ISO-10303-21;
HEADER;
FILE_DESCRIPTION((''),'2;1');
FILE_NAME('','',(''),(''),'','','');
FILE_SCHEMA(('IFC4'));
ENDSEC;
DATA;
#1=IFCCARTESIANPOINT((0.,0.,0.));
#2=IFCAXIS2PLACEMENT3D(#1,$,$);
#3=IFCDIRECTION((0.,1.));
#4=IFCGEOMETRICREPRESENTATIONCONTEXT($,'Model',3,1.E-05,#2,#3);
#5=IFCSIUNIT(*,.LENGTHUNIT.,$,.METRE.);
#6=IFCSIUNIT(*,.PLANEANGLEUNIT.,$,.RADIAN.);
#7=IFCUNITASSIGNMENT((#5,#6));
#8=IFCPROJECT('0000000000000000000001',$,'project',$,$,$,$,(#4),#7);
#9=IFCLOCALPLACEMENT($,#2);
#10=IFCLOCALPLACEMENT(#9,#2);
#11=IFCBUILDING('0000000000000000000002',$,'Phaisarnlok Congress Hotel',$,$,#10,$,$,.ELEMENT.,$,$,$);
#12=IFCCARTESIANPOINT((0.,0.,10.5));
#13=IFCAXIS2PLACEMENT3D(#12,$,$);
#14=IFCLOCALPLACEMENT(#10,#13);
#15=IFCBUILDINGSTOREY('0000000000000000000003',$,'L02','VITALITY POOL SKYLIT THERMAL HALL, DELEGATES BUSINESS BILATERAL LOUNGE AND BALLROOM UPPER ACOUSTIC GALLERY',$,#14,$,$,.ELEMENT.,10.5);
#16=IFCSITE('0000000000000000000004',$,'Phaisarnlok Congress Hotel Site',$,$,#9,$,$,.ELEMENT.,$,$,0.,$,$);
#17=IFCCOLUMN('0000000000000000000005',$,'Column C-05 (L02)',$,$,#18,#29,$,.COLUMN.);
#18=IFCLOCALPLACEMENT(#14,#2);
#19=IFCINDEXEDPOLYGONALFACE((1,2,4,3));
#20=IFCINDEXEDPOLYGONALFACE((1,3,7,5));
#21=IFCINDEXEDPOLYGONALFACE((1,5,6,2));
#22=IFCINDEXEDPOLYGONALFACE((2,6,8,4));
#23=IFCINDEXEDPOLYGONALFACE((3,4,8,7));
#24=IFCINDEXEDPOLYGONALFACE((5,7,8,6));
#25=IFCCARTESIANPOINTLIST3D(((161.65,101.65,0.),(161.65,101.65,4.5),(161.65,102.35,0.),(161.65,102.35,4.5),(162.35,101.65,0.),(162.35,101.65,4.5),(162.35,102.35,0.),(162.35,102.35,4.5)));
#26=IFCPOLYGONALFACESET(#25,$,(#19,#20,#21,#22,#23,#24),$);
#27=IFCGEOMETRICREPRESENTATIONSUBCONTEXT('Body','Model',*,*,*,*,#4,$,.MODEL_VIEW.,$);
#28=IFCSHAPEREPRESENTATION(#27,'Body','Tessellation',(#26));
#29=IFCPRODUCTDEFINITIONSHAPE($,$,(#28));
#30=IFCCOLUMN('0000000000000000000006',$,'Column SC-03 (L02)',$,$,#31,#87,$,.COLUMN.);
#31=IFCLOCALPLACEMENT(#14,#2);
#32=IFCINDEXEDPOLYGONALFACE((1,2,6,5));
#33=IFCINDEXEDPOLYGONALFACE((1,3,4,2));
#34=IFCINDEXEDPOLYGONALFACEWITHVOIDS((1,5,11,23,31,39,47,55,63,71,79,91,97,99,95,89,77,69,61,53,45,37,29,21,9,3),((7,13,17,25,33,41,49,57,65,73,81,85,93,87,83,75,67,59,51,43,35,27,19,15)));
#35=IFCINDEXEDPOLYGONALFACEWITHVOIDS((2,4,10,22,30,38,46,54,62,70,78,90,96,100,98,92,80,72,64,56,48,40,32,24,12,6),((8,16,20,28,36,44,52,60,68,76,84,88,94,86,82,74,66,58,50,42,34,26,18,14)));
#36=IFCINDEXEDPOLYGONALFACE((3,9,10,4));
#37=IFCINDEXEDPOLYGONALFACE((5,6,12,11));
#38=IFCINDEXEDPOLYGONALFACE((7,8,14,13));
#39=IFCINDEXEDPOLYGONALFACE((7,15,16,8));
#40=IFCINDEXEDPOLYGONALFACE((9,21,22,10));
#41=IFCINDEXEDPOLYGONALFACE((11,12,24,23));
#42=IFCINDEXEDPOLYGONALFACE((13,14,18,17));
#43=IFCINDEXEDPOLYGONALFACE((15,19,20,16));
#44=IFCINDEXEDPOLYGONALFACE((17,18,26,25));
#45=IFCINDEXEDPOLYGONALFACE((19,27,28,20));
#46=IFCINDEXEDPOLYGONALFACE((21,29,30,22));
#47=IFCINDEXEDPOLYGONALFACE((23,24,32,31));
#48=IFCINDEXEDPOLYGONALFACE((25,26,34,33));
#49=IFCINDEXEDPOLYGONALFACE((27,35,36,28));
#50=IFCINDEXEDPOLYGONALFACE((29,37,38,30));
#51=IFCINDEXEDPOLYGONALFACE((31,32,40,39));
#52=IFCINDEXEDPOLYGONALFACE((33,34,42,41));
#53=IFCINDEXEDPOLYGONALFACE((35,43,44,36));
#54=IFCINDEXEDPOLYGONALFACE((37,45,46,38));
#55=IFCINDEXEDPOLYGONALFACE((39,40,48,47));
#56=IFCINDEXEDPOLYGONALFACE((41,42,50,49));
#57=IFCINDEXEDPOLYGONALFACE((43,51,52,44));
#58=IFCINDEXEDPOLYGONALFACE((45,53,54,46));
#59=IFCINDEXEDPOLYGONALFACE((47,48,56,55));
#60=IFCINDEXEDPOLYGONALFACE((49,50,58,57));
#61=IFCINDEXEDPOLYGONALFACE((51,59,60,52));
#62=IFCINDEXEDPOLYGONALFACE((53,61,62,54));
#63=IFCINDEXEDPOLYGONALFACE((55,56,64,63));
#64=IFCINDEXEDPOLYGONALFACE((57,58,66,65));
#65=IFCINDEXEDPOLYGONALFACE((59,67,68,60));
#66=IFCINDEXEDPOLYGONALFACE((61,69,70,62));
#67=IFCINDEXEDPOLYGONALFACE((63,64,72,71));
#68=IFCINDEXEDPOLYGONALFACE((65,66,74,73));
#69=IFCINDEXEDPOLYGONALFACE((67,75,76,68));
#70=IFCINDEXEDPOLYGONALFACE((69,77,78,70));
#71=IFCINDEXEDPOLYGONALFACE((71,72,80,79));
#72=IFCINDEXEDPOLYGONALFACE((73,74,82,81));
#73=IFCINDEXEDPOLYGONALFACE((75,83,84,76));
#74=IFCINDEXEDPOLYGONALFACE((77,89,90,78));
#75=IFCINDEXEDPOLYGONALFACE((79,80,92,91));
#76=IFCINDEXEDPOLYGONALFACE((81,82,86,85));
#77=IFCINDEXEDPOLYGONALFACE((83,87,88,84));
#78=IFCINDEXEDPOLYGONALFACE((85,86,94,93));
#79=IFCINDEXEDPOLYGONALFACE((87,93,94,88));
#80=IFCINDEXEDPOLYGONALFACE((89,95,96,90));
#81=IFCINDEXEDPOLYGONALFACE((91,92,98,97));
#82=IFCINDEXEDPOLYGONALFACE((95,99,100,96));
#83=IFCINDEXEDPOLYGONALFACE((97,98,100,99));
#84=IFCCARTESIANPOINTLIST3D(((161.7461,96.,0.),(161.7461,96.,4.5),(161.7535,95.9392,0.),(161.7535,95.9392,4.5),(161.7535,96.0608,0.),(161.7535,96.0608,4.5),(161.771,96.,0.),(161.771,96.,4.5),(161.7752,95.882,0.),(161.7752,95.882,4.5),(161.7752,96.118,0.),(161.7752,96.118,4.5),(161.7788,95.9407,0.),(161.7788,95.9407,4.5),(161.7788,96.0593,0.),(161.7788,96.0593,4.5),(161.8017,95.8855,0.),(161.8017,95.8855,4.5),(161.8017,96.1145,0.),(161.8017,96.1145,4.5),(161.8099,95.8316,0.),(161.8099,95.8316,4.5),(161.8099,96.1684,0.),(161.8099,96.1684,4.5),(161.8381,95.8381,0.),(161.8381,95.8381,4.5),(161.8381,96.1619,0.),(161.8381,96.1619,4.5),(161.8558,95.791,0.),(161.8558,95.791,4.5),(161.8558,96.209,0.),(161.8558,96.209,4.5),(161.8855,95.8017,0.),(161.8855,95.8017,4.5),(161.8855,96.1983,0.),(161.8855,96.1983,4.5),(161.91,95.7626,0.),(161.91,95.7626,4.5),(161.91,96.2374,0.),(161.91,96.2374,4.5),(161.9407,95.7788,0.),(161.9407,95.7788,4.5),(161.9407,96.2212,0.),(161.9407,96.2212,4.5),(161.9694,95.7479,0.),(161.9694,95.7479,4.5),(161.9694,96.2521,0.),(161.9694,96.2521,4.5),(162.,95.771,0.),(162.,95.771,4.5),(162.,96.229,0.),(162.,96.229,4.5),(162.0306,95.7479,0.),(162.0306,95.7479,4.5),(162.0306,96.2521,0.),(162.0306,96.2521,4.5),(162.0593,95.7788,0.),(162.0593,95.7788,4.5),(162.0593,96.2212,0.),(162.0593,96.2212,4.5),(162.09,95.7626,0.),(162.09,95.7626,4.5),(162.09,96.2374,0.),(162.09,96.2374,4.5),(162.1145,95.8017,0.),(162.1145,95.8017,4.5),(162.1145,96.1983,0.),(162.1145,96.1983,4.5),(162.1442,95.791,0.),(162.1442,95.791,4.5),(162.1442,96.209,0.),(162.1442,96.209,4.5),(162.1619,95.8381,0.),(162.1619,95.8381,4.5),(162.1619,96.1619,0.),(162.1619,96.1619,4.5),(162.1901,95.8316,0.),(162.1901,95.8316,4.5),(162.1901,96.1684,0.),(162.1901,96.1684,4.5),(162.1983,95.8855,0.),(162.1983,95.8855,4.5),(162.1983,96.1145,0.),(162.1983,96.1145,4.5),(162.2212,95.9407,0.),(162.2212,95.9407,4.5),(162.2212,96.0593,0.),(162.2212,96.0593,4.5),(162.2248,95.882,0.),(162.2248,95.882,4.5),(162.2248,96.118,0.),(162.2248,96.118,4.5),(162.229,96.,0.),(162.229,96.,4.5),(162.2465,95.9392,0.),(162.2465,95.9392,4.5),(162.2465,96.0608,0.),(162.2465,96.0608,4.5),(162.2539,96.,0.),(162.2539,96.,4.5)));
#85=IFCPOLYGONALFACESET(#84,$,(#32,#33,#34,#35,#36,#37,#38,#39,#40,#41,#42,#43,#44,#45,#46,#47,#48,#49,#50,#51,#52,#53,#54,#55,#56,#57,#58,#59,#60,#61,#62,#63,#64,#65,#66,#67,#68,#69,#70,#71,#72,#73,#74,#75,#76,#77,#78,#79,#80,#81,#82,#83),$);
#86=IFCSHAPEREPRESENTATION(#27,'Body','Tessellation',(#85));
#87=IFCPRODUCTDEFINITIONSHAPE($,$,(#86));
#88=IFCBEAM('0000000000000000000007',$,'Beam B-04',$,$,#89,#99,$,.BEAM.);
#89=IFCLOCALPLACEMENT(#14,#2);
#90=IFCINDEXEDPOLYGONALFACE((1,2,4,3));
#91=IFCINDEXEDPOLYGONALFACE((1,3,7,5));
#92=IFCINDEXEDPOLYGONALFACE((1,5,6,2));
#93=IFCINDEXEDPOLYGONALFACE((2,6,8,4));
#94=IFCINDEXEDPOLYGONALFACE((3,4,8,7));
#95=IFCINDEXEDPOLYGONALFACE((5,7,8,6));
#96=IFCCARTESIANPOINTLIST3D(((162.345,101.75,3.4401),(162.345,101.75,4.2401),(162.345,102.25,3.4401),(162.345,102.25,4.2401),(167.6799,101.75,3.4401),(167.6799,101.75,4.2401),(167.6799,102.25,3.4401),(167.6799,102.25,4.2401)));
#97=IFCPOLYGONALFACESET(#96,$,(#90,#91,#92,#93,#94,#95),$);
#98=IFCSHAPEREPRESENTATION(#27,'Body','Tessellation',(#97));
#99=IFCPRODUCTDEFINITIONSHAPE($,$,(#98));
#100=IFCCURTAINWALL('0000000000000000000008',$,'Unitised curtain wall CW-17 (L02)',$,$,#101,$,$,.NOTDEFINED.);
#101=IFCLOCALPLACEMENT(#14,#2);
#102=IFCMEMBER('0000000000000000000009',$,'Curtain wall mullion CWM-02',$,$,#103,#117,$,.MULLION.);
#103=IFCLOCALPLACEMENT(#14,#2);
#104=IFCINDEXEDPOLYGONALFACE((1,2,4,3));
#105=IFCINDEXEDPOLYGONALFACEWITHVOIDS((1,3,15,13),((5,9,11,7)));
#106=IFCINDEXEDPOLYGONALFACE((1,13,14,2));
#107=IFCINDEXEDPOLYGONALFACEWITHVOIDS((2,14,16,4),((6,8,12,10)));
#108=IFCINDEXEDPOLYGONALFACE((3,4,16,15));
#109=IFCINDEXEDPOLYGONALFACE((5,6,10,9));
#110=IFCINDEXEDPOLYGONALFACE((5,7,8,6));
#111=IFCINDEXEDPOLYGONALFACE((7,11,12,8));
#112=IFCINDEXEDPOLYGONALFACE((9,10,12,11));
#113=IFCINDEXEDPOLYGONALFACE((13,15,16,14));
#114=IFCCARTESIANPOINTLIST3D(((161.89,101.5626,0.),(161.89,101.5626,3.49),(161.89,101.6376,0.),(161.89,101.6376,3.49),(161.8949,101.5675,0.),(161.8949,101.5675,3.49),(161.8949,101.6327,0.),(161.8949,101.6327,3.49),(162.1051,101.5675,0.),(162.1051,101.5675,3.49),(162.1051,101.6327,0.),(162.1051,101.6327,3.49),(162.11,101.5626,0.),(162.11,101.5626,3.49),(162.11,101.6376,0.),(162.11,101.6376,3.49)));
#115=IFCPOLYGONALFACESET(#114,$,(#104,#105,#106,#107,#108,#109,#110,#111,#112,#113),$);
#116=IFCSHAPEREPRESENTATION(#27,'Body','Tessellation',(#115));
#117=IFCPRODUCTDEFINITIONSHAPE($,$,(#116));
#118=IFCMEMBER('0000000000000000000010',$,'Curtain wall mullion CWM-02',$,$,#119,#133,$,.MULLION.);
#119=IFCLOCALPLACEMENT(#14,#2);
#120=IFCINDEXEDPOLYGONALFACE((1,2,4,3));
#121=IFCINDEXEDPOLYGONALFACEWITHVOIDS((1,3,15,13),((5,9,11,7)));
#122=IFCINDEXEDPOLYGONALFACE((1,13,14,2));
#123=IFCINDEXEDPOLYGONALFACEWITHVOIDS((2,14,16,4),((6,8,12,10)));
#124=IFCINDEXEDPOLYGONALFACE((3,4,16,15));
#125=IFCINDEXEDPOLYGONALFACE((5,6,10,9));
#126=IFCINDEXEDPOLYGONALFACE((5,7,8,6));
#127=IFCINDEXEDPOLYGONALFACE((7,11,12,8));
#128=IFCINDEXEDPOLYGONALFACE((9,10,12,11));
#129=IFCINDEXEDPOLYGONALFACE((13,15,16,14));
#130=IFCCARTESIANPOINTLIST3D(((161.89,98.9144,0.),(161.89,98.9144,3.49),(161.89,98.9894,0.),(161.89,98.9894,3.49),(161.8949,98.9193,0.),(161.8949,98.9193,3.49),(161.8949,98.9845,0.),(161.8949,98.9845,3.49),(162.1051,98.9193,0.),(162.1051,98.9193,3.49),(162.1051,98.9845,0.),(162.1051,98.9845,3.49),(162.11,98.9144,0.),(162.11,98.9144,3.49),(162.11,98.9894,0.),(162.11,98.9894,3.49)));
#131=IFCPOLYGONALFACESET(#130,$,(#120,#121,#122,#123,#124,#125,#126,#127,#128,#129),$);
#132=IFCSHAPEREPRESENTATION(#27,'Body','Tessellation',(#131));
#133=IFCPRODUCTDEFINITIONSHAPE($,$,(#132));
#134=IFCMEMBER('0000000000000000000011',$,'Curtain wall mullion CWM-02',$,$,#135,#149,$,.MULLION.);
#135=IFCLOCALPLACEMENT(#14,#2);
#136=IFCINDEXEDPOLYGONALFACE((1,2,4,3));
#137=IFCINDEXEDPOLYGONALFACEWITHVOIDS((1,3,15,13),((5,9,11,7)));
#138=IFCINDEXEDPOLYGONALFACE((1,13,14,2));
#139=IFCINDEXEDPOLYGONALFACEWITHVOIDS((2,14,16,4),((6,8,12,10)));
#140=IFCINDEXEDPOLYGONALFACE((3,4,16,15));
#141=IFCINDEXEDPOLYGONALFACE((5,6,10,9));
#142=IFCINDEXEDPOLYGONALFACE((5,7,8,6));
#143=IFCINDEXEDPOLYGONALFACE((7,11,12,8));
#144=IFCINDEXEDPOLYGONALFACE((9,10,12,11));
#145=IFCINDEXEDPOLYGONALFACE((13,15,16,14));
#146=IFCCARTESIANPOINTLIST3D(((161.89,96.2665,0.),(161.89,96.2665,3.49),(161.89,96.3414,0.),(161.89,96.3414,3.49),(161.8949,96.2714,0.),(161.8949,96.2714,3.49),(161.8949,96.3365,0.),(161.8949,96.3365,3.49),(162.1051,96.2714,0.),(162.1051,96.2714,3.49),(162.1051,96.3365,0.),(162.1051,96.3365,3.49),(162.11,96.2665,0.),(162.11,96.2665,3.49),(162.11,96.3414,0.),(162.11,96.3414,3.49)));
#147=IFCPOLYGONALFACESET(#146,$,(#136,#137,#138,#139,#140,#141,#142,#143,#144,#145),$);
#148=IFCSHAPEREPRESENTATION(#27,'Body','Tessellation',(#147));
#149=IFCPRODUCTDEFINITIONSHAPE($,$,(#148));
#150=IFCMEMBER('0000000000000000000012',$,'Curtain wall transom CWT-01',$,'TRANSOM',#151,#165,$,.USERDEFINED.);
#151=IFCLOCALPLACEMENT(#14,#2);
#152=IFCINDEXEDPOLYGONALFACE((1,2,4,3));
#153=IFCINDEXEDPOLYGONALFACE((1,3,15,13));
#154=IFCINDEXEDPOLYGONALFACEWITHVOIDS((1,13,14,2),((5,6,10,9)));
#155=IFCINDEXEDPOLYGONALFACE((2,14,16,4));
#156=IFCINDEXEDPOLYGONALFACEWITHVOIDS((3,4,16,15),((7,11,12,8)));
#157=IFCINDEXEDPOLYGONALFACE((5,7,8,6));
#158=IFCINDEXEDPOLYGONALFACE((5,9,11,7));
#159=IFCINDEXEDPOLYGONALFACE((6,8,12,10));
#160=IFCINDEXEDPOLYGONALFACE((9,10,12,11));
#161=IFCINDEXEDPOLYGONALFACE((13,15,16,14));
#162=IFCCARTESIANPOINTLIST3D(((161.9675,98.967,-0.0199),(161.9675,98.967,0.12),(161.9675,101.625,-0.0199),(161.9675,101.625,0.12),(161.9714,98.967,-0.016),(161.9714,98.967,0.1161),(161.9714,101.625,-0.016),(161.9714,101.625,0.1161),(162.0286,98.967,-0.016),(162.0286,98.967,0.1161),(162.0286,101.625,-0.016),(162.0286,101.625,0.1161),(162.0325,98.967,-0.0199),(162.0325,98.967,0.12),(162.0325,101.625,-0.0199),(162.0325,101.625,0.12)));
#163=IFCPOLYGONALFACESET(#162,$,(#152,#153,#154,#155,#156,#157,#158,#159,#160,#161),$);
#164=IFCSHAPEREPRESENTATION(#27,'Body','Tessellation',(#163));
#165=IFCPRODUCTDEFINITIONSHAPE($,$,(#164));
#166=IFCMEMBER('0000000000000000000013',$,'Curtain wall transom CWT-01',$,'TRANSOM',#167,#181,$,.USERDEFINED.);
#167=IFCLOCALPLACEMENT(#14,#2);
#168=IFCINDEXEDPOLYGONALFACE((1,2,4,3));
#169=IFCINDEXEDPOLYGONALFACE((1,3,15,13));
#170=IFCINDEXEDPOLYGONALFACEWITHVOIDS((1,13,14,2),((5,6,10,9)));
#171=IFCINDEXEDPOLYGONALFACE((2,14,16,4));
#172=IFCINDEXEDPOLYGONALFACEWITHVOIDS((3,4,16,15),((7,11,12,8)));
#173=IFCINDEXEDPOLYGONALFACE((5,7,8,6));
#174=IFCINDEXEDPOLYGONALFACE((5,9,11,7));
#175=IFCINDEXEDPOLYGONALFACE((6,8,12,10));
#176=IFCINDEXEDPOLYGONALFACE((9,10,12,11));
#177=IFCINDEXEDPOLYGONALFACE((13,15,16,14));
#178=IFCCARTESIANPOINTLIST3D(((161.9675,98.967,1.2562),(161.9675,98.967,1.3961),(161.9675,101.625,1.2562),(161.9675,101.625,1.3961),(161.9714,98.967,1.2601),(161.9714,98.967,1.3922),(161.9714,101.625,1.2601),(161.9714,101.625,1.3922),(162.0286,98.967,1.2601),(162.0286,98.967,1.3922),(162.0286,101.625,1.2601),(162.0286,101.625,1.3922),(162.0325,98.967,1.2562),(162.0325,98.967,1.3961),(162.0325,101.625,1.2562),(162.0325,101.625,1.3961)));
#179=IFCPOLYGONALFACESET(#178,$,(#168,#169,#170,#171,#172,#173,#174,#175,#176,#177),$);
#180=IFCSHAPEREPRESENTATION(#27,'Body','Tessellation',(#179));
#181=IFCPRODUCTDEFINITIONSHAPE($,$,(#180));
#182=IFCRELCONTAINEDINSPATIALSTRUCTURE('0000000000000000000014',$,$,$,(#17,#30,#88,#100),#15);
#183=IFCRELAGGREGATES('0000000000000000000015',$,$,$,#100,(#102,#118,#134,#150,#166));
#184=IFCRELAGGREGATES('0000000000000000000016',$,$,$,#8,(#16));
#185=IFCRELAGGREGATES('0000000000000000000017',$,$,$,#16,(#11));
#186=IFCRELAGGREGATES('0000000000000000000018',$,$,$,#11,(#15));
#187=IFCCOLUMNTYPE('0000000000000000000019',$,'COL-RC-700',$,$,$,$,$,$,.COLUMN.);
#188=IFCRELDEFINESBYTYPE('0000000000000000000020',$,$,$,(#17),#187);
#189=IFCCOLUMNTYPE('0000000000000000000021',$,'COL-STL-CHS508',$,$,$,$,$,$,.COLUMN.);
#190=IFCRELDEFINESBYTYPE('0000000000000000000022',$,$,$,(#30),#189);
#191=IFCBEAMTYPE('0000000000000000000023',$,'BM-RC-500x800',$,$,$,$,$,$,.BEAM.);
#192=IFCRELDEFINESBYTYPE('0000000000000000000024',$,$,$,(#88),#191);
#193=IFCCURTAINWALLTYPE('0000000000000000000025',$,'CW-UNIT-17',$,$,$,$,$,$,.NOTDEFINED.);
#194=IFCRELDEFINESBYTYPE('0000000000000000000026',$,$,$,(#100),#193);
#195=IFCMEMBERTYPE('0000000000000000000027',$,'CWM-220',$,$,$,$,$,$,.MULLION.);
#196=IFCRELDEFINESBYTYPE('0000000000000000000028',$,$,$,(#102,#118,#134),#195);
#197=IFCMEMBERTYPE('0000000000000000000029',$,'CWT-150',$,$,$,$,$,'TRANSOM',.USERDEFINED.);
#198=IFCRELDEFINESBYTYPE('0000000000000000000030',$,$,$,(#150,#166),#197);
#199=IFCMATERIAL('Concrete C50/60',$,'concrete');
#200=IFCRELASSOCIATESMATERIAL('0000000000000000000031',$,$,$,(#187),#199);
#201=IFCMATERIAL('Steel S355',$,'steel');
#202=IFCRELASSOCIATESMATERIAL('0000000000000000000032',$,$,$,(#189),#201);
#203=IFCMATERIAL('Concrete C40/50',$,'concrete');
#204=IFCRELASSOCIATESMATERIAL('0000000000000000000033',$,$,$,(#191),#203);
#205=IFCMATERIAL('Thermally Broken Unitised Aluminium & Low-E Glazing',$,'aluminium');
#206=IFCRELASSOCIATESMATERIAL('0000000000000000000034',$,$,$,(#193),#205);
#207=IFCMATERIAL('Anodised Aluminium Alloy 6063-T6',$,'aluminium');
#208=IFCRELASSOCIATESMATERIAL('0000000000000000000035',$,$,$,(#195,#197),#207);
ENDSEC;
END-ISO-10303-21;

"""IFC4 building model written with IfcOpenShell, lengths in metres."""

from ifc_helpers import new_model, si_unit, direction, frame, origin, origin_2d, place, context, subcontext, project, spatial, rectangle, hollow_rectangle, hollow_circle, extrude, material, material_profile, profile_set, type_object, element, aggregate, save


model = new_model("IFC4")

# Units and contexts
model_context = context("Model", 3, precision=1e-05, world=origin(), true_north=direction((0.0, 1.0)))
body_context = subcontext(model_context, "Body", "Model", "MODEL_VIEW")
ifc_project = project(units=[si_unit("LENGTHUNIT", "METRE"), si_unit("PLANEANGLEUNIT", "RADIAN")], contexts=[model_context])

# Site, building, storey
site_placement = place(None, origin())
site = spatial("IfcSite", under=ifc_project, at=site_placement, Name="Phaisarnlok Congress Hotel Site", CompositionType="ELEMENT", RefElevation=0.0)
building_placement = place(site_placement, origin())
building = spatial("IfcBuilding", under=site, at=building_placement, Name="Phaisarnlok Congress Hotel", CompositionType="ELEMENT")
storey_placement = place(building_placement, frame((0.0, 0.0, 10.5)))
storey = spatial("IfcBuildingStorey", under=building, at=storey_placement, Name="L02", Description="VITALITY POOL SKYLIT THERMAL HALL, DELEGATES BUSINESS BILATERAL LOUNGE AND BALLROOM UPPER ACOUSTIC GALLERY", CompositionType="ELEMENT", Elevation=10.5)

# Columns
ifc_material_1 = material(Name="Concrete C50/60", Category="concrete")
ifc_material_profile_1 = material_profile(ifc_material_1, rectangle(XDim=0.7, YDim=0.7, at=origin_2d()), Name="RC 700x700")
ifc_profile_set_1 = profile_set([ifc_material_profile_1], Name="Concrete C50/60")
column_type_1 = type_object("IfcColumnType", Name="COL-RC-700", PredefinedType="COLUMN", material=ifc_profile_set_1)
column_1_placement = place(storey_placement, frame((162.0, 102.0, 0.0), z_axis=(0.0, 0.0, 1.0), x_axis=(1.0, 0.0, 0.0)))
element("IfcColumn", 1, at=column_1_placement, inside=storey, type_object=column_type_1, Name="Column C-05 (L02)", PredefinedType="COLUMN", context=body_context, shape_type="SweptSolid", body=[
    extrude(rectangle(XDim=0.7, YDim=0.7, at=origin_2d()), origin(), (0.0, 0.0, 1.0), 4.5),
])
ifc_material_2 = material(Name="Steel S355", Category="steel")
ifc_material_profile_2 = material_profile(ifc_material_2, hollow_circle(Radius=0.2539, WallThickness=0.0249, at=origin_2d()), Name="CHS 508x25")
ifc_profile_set_2 = profile_set([ifc_material_profile_2], Name="Steel S355")
column_type_2 = type_object("IfcColumnType", Name="COL-STL-CHS508", PredefinedType="COLUMN", material=ifc_profile_set_2)
column_2_placement = place(storey_placement, frame((162.0, 96.0, 0.0), z_axis=(0.0, 0.0, 1.0), x_axis=(1.0, 0.0, 0.0)))
element("IfcColumn", 2, at=column_2_placement, inside=storey, type_object=column_type_2, Name="Column SC-03 (L02)", PredefinedType="COLUMN", context=body_context, shape_type="SweptSolid", body=[
    extrude(hollow_circle(Radius=0.2539, WallThickness=0.0249, at=origin_2d()), origin(), (0.0, 0.0, 1.0), 4.5),
])

# Beam
ifc_material_3 = material(Name="Concrete C40/50", Category="concrete")
ifc_material_profile_3 = material_profile(ifc_material_3, rectangle(XDim=0.5, YDim=0.8, at=origin_2d()), Name="RC 500x800")
ifc_profile_set_3 = profile_set([ifc_material_profile_3], Name="Concrete C40/50")
beam_type_1 = type_object("IfcBeamType", Name="BM-RC-500x800", PredefinedType="BEAM", material=ifc_profile_set_3)
beam_1_placement = place(storey_placement, frame((162.345, 102.0, 3.8401), z_axis=(1.0, 0.0, 0.0), x_axis=(0.0, 1.0, 0.0)))
element("IfcBeam", 3, at=beam_1_placement, inside=storey, type_object=beam_type_1, Name="Beam B-04", PredefinedType="BEAM", context=body_context, shape_type="SweptSolid", body=[
    extrude(rectangle(XDim=0.5, YDim=0.8, at=origin_2d()), origin(), (0.0, 0.0, 1.0), 5.335),
])

# Curtain wall, members
ifc_material_4 = material(Name="Thermally Broken Unitised Aluminium & Low-E Glazing", Category="aluminium")
curtain_wall_type = type_object("IfcCurtainWallType", Name="CW-UNIT-17", PredefinedType="NOTDEFINED", material=ifc_material_4)
curtain_wall_placement = place(storey_placement, origin())
curtain_wall = element("IfcCurtainWall", 4, at=curtain_wall_placement, inside=storey, type_object=curtain_wall_type, Name="Unitised curtain wall CW-17 (L02)", PredefinedType="NOTDEFINED")
ifc_material_5 = material(Name="Anodised Aluminium Alloy 6063-T6", Category="aluminium")
ifc_material_profile_4 = material_profile(ifc_material_5, hollow_rectangle(XDim=0.075, YDim=0.22, WallThickness=0.0049, at=origin_2d()), Name="ALU-M 75x220x5")
ifc_profile_set_4 = profile_set([ifc_material_profile_4], Name="Anodised Aluminium Alloy 6063-T6")
member_type_1 = type_object("IfcMemberType", Name="CWM-220", PredefinedType="MULLION", material=ifc_profile_set_4)
member_1_placement = place(storey_placement, frame((162.0, 101.6001, 0.0), z_axis=(0.0, 0.0, 1.0), x_axis=(0.0, -1.0, 0.0)))
member_1 = element("IfcMember", 5, at=member_1_placement, type_object=member_type_1, Name="Curtain wall mullion CWM-02", PredefinedType="MULLION", context=body_context, shape_type="SweptSolid", body=[
    extrude(hollow_rectangle(XDim=0.075, YDim=0.22, WallThickness=0.0049, at=origin_2d()), origin(), (0.0, 0.0, 1.0), 3.49),
])
member_2_placement = place(storey_placement, frame((162.0, 98.9519, 0.0), z_axis=(0.0, 0.0, 1.0), x_axis=(0.0, -1.0, 0.0)))
member_2 = element("IfcMember", 6, at=member_2_placement, type_object=member_type_1, Name="Curtain wall mullion CWM-02", PredefinedType="MULLION", context=body_context, shape_type="SweptSolid", body=[
    extrude(hollow_rectangle(XDim=0.075, YDim=0.22, WallThickness=0.0049, at=origin_2d()), origin(), (0.0, 0.0, 1.0), 3.49),
])
member_3_placement = place(storey_placement, frame((162.0, 96.304, 0.0), z_axis=(0.0, 0.0, 1.0), x_axis=(0.0, -1.0, 0.0)))
member_3 = element("IfcMember", 7, at=member_3_placement, type_object=member_type_1, Name="Curtain wall mullion CWM-02", PredefinedType="MULLION", context=body_context, shape_type="SweptSolid", body=[
    extrude(hollow_rectangle(XDim=0.075, YDim=0.22, WallThickness=0.0049, at=origin_2d()), origin(), (0.0, 0.0, 1.0), 3.49),
])
ifc_material_profile_5 = material_profile(ifc_material_5, hollow_rectangle(XDim=0.0649, YDim=0.1399, WallThickness=0.0039, at=origin_2d()), Name="ALU-T 65x140x4")
ifc_profile_set_5 = profile_set([ifc_material_profile_5], Name="Anodised Aluminium Alloy 6063-T6")
member_type_2 = type_object("IfcMemberType", Name="CWT-150", ElementType="TRANSOM", PredefinedType="USERDEFINED", material=ifc_profile_set_5)
member_4_placement = place(storey_placement, frame((162.0, 101.625, 0.05), z_axis=(0.0, -1.0, 0.0), x_axis=(1.0, 0.0, 0.0)))
member_4 = element("IfcMember", 8, at=member_4_placement, type_object=member_type_2, Name="Curtain wall transom CWT-01", ObjectType="TRANSOM", PredefinedType="USERDEFINED", context=body_context, shape_type="SweptSolid", body=[
    extrude(hollow_rectangle(XDim=0.0649, YDim=0.1399, WallThickness=0.0039, at=origin_2d()), origin(), (0.0, 0.0, 1.0), 2.658),
])
member_5_placement = place(storey_placement, frame((162.0, 101.625, 1.3262), z_axis=(0.0, -1.0, 0.0), x_axis=(1.0, 0.0, 0.0)))
member_5 = element("IfcMember", 9, at=member_5_placement, type_object=member_type_2, Name="Curtain wall transom CWT-01", ObjectType="TRANSOM", PredefinedType="USERDEFINED", context=body_context, shape_type="SweptSolid", body=[
    extrude(hollow_rectangle(XDim=0.0649, YDim=0.1399, WallThickness=0.0039, at=origin_2d()), origin(), (0.0, 0.0, 1.0), 2.658),
])

aggregate(curtain_wall, [member_1, member_2, member_3, member_4, member_5])

save(model, "model.ifc")
